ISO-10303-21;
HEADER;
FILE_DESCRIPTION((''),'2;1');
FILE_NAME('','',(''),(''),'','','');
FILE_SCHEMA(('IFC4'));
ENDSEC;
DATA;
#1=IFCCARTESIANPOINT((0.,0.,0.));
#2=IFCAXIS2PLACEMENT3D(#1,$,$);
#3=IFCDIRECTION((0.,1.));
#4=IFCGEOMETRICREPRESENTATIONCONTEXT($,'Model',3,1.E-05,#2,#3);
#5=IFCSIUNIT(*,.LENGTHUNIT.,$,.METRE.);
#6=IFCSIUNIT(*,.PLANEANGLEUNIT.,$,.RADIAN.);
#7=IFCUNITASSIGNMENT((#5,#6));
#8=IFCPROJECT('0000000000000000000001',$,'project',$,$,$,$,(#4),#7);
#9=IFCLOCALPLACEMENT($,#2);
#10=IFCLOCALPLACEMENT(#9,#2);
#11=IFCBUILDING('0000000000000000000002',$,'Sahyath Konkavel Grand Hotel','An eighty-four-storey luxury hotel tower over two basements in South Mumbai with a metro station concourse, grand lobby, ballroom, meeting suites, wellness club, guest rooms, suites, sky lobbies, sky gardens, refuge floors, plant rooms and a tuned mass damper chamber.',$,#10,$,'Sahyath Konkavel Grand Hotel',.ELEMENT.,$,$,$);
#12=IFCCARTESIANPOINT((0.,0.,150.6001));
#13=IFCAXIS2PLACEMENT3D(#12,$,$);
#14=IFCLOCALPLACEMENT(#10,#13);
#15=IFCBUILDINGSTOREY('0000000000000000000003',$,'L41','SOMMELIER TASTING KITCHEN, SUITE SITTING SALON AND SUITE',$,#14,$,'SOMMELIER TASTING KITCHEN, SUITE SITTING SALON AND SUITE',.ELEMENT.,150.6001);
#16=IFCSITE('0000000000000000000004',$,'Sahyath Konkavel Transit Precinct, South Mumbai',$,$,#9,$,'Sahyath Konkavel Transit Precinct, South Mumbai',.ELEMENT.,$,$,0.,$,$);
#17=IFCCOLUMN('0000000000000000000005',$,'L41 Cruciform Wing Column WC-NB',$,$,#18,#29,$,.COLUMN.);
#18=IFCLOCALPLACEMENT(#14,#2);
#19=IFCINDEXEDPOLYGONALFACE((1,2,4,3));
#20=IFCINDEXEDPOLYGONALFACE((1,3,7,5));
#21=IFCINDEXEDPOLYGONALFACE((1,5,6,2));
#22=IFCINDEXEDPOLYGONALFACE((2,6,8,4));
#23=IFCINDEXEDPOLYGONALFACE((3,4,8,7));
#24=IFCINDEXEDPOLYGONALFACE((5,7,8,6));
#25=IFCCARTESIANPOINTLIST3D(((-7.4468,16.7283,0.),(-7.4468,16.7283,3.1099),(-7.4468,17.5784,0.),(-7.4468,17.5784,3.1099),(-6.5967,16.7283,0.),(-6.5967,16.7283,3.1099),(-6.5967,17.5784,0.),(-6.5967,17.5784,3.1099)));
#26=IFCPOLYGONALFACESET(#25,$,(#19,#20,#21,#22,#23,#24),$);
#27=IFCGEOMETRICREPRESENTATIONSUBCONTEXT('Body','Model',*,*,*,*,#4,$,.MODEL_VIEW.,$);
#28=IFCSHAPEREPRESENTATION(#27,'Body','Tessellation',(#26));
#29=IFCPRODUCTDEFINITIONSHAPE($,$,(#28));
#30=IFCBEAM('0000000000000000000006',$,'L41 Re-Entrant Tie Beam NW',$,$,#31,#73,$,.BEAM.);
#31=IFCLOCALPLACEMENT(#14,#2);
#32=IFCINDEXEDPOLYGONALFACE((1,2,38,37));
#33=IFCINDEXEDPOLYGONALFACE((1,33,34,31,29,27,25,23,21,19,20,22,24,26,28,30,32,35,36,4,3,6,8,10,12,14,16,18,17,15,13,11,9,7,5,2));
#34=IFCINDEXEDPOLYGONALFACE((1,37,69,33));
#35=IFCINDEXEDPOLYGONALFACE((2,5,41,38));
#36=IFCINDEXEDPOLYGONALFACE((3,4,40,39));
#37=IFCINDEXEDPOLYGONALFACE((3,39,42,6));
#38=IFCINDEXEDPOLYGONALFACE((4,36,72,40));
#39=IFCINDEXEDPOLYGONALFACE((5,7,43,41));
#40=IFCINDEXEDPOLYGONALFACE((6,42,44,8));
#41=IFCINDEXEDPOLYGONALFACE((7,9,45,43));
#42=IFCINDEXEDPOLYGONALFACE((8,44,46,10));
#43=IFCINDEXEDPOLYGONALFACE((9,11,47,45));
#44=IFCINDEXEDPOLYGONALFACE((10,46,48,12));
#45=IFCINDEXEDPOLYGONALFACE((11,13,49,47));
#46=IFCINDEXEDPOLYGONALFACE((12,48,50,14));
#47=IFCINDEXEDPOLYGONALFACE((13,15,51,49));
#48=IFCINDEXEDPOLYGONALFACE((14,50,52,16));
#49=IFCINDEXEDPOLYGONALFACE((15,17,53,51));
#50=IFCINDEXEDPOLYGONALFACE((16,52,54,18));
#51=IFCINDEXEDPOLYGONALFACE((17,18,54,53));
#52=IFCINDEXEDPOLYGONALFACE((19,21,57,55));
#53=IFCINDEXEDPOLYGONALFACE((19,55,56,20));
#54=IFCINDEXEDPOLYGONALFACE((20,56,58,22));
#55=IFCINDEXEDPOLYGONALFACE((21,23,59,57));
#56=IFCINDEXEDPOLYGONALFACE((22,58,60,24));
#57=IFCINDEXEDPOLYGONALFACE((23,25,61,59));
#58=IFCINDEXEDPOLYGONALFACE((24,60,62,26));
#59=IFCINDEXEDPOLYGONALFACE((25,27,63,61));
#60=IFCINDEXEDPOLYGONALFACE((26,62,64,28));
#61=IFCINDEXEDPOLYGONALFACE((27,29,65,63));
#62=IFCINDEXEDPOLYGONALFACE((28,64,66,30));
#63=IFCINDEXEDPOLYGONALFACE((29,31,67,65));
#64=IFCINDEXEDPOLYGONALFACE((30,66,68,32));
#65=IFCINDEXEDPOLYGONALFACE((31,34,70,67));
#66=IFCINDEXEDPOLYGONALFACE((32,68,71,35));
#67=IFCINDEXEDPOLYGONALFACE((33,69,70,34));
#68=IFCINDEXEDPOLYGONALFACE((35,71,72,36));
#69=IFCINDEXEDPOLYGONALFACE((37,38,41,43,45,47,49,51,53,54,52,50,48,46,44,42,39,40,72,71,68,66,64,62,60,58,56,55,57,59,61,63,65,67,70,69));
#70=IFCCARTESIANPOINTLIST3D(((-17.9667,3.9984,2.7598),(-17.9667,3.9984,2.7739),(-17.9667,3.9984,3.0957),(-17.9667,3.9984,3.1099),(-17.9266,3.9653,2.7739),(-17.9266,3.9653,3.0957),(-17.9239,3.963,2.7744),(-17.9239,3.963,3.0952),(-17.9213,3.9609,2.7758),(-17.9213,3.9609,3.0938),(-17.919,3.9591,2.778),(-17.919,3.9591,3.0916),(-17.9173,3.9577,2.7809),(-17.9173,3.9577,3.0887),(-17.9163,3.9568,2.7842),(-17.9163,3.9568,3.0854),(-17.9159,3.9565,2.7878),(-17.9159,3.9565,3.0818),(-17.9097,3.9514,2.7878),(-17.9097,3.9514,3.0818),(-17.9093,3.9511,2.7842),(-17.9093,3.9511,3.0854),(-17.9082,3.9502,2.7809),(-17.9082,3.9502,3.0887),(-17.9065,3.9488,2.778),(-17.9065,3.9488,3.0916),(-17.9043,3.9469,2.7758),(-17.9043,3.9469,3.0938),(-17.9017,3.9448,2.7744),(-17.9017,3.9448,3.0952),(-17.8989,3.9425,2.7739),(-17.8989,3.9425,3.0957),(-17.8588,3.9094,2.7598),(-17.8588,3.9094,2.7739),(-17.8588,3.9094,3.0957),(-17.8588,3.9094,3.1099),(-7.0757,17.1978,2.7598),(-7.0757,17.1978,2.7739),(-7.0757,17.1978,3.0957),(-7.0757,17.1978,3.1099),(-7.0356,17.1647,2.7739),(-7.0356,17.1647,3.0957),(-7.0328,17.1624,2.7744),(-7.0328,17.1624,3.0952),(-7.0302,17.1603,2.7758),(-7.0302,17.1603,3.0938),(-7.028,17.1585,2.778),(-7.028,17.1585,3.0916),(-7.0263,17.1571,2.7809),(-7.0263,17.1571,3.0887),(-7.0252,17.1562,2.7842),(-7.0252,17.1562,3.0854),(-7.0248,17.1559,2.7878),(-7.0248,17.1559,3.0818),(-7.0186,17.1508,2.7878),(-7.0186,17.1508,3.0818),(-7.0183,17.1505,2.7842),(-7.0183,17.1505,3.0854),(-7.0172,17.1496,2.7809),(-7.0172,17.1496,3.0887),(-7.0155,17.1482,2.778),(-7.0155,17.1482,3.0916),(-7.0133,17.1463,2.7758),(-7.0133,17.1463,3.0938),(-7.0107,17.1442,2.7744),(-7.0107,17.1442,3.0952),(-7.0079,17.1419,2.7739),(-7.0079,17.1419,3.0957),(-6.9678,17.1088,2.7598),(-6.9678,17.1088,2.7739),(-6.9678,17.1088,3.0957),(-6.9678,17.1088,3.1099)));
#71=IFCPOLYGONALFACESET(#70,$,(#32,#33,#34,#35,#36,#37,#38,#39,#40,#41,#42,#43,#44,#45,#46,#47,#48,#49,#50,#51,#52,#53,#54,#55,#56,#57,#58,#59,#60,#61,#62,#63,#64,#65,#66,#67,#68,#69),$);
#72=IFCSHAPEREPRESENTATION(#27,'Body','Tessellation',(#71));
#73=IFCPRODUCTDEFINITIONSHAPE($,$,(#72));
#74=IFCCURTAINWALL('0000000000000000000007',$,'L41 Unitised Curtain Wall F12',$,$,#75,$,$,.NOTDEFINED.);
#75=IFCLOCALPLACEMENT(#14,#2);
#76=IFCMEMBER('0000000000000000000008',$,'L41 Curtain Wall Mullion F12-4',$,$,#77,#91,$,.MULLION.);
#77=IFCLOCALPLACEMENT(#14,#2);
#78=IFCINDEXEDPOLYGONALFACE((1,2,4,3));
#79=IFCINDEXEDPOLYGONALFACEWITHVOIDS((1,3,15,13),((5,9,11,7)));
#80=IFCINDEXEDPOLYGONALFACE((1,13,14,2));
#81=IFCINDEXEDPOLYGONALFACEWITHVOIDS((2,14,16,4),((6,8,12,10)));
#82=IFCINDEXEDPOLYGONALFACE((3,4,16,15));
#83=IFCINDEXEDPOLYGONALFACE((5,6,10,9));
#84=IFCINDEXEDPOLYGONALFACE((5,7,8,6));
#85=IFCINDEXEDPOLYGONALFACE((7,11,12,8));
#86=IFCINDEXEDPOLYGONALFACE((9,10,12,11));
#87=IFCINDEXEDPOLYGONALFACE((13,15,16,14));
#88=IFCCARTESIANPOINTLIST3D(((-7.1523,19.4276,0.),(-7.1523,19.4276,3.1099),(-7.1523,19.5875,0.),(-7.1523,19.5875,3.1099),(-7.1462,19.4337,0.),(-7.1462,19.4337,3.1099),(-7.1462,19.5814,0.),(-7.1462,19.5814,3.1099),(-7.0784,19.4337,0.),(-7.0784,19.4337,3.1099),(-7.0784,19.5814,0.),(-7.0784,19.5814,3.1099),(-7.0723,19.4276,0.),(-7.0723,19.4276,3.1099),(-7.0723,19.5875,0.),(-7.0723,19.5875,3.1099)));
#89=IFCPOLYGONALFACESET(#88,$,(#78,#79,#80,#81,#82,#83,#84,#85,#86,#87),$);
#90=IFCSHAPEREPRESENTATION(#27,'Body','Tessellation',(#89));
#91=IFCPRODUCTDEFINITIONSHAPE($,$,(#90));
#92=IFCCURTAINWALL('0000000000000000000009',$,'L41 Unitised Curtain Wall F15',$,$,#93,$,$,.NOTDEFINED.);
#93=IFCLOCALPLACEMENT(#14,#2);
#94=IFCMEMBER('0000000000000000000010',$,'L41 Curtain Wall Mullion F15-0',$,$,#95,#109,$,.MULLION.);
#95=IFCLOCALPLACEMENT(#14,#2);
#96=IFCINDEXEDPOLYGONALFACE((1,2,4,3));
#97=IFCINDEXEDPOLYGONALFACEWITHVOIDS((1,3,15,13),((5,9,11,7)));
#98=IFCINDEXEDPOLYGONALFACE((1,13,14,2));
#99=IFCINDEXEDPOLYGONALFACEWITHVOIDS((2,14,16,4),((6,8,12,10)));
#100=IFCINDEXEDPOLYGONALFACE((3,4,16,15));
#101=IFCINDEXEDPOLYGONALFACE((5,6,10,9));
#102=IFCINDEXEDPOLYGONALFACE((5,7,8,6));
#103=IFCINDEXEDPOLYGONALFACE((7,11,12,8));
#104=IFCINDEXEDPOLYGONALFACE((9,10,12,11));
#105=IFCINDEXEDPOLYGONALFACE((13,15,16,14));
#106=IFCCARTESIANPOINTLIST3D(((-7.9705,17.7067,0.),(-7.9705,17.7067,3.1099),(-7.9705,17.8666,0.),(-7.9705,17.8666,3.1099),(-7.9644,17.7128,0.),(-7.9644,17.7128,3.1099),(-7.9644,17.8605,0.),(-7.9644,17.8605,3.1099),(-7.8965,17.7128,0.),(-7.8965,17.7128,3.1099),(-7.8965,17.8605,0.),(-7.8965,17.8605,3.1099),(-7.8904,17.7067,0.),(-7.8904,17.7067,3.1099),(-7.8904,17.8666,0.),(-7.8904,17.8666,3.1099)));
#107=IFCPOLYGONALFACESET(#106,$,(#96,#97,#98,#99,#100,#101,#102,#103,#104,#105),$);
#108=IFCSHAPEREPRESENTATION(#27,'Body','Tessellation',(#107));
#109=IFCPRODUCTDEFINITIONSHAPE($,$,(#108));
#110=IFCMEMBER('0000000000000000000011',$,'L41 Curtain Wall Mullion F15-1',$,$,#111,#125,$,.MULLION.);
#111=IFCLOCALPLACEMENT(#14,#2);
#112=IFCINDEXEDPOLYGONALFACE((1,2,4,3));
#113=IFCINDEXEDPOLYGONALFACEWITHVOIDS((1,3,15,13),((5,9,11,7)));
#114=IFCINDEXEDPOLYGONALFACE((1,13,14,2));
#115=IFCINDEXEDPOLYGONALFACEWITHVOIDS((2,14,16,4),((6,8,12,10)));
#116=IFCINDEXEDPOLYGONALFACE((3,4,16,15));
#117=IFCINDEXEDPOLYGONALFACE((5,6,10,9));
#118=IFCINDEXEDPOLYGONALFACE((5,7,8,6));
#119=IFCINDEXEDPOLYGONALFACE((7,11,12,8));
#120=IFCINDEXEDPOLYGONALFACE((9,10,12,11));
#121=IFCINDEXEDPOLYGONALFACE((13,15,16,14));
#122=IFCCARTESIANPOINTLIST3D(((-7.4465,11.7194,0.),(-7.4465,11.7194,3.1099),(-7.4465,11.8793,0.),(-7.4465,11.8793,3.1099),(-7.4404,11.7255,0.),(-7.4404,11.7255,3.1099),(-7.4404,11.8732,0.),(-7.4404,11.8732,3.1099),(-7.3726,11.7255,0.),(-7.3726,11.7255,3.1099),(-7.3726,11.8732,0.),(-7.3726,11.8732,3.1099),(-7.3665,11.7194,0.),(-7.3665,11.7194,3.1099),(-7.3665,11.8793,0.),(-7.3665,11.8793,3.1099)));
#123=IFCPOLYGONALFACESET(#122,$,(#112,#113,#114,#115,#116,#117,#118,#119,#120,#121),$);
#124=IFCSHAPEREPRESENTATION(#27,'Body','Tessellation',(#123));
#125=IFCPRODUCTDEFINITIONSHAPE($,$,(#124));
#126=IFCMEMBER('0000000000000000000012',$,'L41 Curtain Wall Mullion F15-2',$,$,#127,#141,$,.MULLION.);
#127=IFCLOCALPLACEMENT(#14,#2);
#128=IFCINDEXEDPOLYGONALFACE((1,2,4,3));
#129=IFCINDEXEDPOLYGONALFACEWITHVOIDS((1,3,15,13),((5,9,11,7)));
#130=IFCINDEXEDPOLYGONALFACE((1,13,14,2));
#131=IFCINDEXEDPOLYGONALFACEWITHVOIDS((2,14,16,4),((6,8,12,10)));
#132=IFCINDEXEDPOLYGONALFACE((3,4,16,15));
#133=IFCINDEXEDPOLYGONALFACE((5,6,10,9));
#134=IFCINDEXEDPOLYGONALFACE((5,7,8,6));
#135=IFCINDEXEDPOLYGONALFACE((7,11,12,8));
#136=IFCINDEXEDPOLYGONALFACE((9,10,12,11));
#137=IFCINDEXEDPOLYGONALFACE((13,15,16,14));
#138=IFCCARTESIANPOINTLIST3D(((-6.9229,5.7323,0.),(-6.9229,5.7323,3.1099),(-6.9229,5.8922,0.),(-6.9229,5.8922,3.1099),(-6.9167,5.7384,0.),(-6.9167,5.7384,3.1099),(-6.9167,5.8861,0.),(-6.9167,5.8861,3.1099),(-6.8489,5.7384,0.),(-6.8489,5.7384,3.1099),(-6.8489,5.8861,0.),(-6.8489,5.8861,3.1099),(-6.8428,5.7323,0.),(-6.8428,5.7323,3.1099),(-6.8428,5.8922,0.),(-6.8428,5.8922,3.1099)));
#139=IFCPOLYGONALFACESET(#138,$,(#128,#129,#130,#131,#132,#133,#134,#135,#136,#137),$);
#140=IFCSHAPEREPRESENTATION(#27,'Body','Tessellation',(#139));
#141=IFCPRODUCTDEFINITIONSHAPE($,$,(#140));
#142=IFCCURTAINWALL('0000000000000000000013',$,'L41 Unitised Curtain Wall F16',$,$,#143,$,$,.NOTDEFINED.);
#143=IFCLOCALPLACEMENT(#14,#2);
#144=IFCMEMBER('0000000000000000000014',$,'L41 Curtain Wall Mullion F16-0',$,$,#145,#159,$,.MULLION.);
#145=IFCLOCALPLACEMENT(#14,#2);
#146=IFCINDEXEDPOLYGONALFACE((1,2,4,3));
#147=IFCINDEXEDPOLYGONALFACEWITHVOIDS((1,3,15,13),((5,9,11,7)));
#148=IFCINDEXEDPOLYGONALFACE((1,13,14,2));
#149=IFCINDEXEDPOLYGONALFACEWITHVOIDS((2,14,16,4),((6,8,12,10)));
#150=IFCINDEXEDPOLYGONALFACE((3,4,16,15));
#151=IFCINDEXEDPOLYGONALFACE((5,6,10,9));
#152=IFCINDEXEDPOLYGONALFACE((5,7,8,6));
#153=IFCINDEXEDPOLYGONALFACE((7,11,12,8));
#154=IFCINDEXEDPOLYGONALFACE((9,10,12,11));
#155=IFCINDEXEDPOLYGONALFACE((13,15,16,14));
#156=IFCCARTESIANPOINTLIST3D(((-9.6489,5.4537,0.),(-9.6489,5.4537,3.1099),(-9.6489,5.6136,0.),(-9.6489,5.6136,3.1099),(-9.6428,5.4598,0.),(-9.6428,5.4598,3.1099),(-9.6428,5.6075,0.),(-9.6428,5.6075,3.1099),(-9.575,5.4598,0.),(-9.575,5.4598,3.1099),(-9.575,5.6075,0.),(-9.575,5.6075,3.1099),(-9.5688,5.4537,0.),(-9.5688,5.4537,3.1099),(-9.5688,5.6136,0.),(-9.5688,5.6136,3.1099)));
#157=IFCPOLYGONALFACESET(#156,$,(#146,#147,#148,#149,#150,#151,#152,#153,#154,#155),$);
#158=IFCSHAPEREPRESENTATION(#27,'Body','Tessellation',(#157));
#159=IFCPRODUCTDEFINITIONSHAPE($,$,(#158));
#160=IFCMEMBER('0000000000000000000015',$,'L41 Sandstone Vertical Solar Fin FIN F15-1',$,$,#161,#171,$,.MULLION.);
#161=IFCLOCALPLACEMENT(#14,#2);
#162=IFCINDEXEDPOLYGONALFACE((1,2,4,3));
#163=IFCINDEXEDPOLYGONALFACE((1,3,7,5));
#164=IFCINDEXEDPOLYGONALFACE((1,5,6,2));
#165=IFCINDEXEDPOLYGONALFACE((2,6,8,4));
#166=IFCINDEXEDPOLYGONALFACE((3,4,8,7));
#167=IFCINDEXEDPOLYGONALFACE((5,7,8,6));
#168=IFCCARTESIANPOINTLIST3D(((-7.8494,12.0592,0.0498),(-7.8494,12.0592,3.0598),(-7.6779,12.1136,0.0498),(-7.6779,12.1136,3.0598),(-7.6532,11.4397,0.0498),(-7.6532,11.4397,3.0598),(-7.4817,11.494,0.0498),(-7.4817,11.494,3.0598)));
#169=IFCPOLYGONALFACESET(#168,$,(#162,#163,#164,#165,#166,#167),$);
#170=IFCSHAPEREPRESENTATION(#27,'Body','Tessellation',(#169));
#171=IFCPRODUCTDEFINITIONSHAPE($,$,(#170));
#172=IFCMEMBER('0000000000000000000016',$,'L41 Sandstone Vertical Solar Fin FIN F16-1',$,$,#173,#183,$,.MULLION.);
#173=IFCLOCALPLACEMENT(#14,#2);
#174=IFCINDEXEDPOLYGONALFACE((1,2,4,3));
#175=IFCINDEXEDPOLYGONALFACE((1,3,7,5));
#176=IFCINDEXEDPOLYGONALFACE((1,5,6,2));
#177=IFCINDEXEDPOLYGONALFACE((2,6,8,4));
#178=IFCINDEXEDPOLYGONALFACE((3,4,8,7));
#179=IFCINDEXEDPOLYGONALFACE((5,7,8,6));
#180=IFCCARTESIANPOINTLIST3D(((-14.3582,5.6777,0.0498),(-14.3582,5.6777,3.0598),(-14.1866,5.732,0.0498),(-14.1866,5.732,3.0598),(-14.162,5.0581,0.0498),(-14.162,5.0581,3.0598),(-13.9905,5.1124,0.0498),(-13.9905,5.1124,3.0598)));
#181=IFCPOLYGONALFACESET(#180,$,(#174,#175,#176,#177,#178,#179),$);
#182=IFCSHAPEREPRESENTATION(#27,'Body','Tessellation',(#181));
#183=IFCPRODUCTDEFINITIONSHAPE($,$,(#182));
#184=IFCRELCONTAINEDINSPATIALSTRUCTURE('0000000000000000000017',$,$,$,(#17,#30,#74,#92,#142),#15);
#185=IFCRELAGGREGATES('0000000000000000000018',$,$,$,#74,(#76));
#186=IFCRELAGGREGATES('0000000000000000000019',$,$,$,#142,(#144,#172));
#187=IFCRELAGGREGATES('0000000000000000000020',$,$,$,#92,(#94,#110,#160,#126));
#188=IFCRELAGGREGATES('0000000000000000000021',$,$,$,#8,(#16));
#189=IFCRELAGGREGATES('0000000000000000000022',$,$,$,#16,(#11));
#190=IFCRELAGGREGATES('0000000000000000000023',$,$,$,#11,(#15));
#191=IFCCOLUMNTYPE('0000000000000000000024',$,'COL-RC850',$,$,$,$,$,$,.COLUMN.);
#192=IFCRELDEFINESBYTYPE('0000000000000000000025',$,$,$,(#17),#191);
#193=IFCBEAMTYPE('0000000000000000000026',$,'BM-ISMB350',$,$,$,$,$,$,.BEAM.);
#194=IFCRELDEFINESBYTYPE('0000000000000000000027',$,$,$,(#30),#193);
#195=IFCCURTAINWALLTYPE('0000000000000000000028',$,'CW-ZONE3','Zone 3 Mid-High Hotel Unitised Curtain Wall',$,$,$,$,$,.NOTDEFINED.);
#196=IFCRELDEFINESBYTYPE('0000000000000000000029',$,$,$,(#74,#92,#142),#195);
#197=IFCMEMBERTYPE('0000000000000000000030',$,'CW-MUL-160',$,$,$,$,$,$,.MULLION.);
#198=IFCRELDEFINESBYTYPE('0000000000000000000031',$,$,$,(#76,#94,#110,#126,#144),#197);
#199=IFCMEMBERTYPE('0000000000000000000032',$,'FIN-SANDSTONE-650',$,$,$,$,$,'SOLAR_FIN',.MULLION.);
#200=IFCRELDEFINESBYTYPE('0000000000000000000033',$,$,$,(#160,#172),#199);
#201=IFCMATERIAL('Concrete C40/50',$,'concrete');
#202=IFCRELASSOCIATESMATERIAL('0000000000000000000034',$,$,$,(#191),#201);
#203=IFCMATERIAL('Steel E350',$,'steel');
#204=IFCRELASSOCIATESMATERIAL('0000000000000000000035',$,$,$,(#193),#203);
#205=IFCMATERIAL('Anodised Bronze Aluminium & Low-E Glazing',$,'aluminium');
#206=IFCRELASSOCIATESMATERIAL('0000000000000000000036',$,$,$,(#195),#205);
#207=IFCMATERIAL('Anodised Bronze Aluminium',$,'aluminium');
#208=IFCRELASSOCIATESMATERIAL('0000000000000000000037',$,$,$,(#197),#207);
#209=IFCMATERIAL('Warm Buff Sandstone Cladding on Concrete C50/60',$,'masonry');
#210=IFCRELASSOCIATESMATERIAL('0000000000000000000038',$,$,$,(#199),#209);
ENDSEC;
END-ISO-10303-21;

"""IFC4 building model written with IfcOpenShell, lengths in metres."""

from ifc_helpers import new_model, si_unit, direction, frame, origin, origin_2d, place, context, subcontext, project, spatial, rectangle, hollow_rectangle, i_section, extrude, source, transform, mapped, material, material_profile, profile_set, type_object, element, aggregate, save


model = new_model("IFC4")

# Units and contexts
model_context = context("Model", 3, precision=1e-05, world=origin(), true_north=direction((0.0, 1.0)))
body_context = subcontext(model_context, "Body", "Model", "MODEL_VIEW")
ifc_project = project(units=[si_unit("LENGTHUNIT", "METRE"), si_unit("PLANEANGLEUNIT", "RADIAN")], contexts=[model_context])

# Site, building, storey
site_placement = place(None, origin())
site = spatial("IfcSite", under=ifc_project, at=site_placement, Name="Sahyath Konkavel Transit Precinct, South Mumbai", LongName="Sahyath Konkavel Transit Precinct, South Mumbai", CompositionType="ELEMENT", RefElevation=0.0)
building_placement = place(site_placement, origin())
building = spatial("IfcBuilding", under=site, at=building_placement, Name="Sahyath Konkavel Grand Hotel", Description="An eighty-four-storey luxury hotel tower over two basements in South Mumbai with a metro station concourse, grand lobby, ballroom, meeting suites, wellness club, guest rooms, suites, sky lobbies, sky gardens, refuge floors, plant rooms and a tuned mass damper chamber.", LongName="Sahyath Konkavel Grand Hotel", CompositionType="ELEMENT")
storey_placement = place(building_placement, frame((0.0, 0.0, 150.6001)))
storey = spatial("IfcBuildingStorey", under=building, at=storey_placement, Name="L41", Description="SOMMELIER TASTING KITCHEN, SUITE SITTING SALON AND SUITE", LongName="SOMMELIER TASTING KITCHEN, SUITE SITTING SALON AND SUITE", CompositionType="ELEMENT", Elevation=150.6001)

# Column
ifc_material_1 = material(Name="Concrete C40/50", Category="concrete")
ifc_material_profile_1 = material_profile(ifc_material_1, rectangle(XDim=0.8501, YDim=0.8501, at=origin_2d()), Name="RC 850x850")
ifc_profile_set_1 = profile_set([ifc_material_profile_1], Name="Concrete C40/50")
column_type = type_object("IfcColumnType", Name="COL-RC850", PredefinedType="COLUMN", material=ifc_profile_set_1)
shared_shape_1 = source(origin(), body_context, "Body", "SweptSolid", [
    extrude(rectangle(XDim=0.8501, YDim=0.8501, at=origin_2d()), origin(), (0.0, 0.0, 1.0), 3.1099),
])
column_placement = place(storey_placement, frame((-7.0217, 17.1533, 0.0), z_axis=(0.0, 0.0, 1.0), x_axis=(1.0, 0.0, 0.0)))
element("IfcColumn", 1, at=column_placement, inside=storey, type_object=column_type, Name="L41 Cruciform Wing Column WC-NB", PredefinedType="COLUMN", context=body_context, shape_type="MappedRepresentation", body=[
    mapped(shared_shape_1, transform((0.0, 0.0, 0.0), scale=1.0)),
])

# Beam
ifc_material_2 = material(Name="Steel E350", Category="steel")
ifc_material_profile_2 = material_profile(ifc_material_2, i_section(OverallWidth=0.1399, OverallDepth=0.3501, WebThickness=0.0081, FlangeThickness=0.0142, FilletRadius=0.0139, at=origin_2d()), Name="ISMB 350")
ifc_profile_set_2 = profile_set([ifc_material_profile_2], Name="Steel E350")
beam_type = type_object("IfcBeamType", Name="BM-ISMB350", PredefinedType="BEAM", material=ifc_profile_set_2)
shared_shape_2 = source(origin(), body_context, "Body", "SweptSolid", [
    extrude(i_section(OverallWidth=0.1399, OverallDepth=0.3501, WebThickness=0.0081, FlangeThickness=0.0142, FilletRadius=0.0139, at=origin_2d()), origin(), (0.0, 0.0, 1.0), 17.1125),
])
beam_placement = place(storey_placement, frame((-7.0217, 17.1533, 2.9348), z_axis=(-0.636437, -0.771329, 0.0), x_axis=(0.771329, -0.636437, 0.0)))
element("IfcBeam", 2, at=beam_placement, inside=storey, type_object=beam_type, Name="L41 Re-Entrant Tie Beam NW", PredefinedType="BEAM", context=body_context, shape_type="MappedRepresentation", body=[
    mapped(shared_shape_2, transform((0.0, 0.0, 0.0), scale=1.0)),
])

# Curtain wall, member
ifc_material_3 = material(Name="Anodised Bronze Aluminium & Low-E Glazing", Category="aluminium")
curtain_wall_type = type_object("IfcCurtainWallType", Name="CW-ZONE3", Description="Zone 3 Mid-High Hotel Unitised Curtain Wall", PredefinedType="NOTDEFINED", material=ifc_material_3)
curtain_wall_1_placement = place(storey_placement, origin())
curtain_wall_1 = element("IfcCurtainWall", 3, at=curtain_wall_1_placement, inside=storey, type_object=curtain_wall_type, Name="L41 Unitised Curtain Wall F12", PredefinedType="NOTDEFINED")
ifc_material_4 = material(Name="Anodised Bronze Aluminium", Category="aluminium")
ifc_material_profile_3 = material_profile(ifc_material_4, hollow_rectangle(XDim=0.0801, YDim=0.1599, WallThickness=0.0061, at=origin_2d()), Name="RHS 160x80x6")
ifc_profile_set_3 = profile_set([ifc_material_profile_3], Name="Anodised Bronze Aluminium")
member_type_1 = type_object("IfcMemberType", Name="CW-MUL-160", PredefinedType="MULLION", material=ifc_profile_set_3)
shared_shape_3 = source(origin(), body_context, "Body", "SweptSolid", [
    extrude(hollow_rectangle(XDim=0.0801, YDim=0.1599, WallThickness=0.0061, at=origin_2d()), origin(), (0.0, 0.0, 1.0), 3.1099),
])
member_1_placement = place(storey_placement, frame((-7.1123, 19.5076, 0.0), z_axis=(0.0, 0.0, 1.0), x_axis=(1.0, 0.0, 0.0)))
member_1 = element("IfcMember", 4, at=member_1_placement, type_object=member_type_1, Name="L41 Curtain Wall Mullion F12-4", PredefinedType="MULLION", context=body_context, shape_type="MappedRepresentation", body=[
    mapped(shared_shape_3, transform((0.0, 0.0, 0.0), scale=1.0)),
])
aggregate(curtain_wall_1, [member_1])

# Curtain wall, members
curtain_wall_2_placement = place(storey_placement, origin())
curtain_wall_2 = element("IfcCurtainWall", 5, at=curtain_wall_2_placement, inside=storey, type_object=curtain_wall_type, Name="L41 Unitised Curtain Wall F15", PredefinedType="NOTDEFINED")
member_2_placement = place(storey_placement, frame((-7.9304, 17.7866, 0.0), z_axis=(0.0, 0.0, 1.0), x_axis=(1.0, 0.0, 0.0)))
member_2 = element("IfcMember", 6, at=member_2_placement, type_object=member_type_1, Name="L41 Curtain Wall Mullion F15-0", PredefinedType="MULLION", context=body_context, shape_type="MappedRepresentation", body=[
    mapped(shared_shape_3, transform((0.0, 0.0, 0.0), scale=1.0)),
])
member_3_placement = place(storey_placement, frame((-7.4065, 11.7993, 0.0), z_axis=(0.0, 0.0, 1.0), x_axis=(1.0, 0.0, 0.0)))
member_3 = element("IfcMember", 7, at=member_3_placement, type_object=member_type_1, Name="L41 Curtain Wall Mullion F15-1", PredefinedType="MULLION", context=body_context, shape_type="MappedRepresentation", body=[
    mapped(shared_shape_3, transform((0.0, 0.0, 0.0), scale=1.0)),
])
member_4_placement = place(storey_placement, frame((-6.8828, 5.8123, 0.0), z_axis=(0.0, 0.0, 1.0), x_axis=(1.0, 0.0, 0.0)))
member_4 = element("IfcMember", 8, at=member_4_placement, type_object=member_type_1, Name="L41 Curtain Wall Mullion F15-2", PredefinedType="MULLION", context=body_context, shape_type="MappedRepresentation", body=[
    mapped(shared_shape_3, transform((0.0, 0.0, 0.0), scale=1.0)),
])

# Curtain wall, member
curtain_wall_3_placement = place(storey_placement, origin())
curtain_wall_3 = element("IfcCurtainWall", 9, at=curtain_wall_3_placement, inside=storey, type_object=curtain_wall_type, Name="L41 Unitised Curtain Wall F16", PredefinedType="NOTDEFINED")
member_5_placement = place(storey_placement, frame((-9.6089, 5.5337, 0.0), z_axis=(0.0, 0.0, 1.0), x_axis=(1.0, 0.0, 0.0)))
member_5 = element("IfcMember", 10, at=member_5_placement, type_object=member_type_1, Name="L41 Curtain Wall Mullion F16-0", PredefinedType="MULLION", context=body_context, shape_type="MappedRepresentation", body=[
    mapped(shared_shape_3, transform((0.0, 0.0, 0.0), scale=1.0)),
])

# Members
ifc_material_5 = material(Name="Warm Buff Sandstone Cladding on Concrete C50/60", Category="masonry")
ifc_material_profile_4 = material_profile(ifc_material_5, rectangle(XDim=0.1799, YDim=0.6499, at=origin_2d()), Name="FIN 180x650")
ifc_profile_set_4 = profile_set([ifc_material_profile_4], Name="Warm Buff Sandstone Cladding on Concrete C50/60")
member_type_2 = type_object("IfcMemberType", Name="FIN-SANDSTONE-650", ElementType="SOLAR_FIN", PredefinedType="MULLION", material=ifc_profile_set_4)
shared_shape_4 = source(origin(), body_context, "Body", "SweptSolid", [
    extrude(rectangle(XDim=0.1799, YDim=0.6499, at=origin_2d()), origin(), (0.0, 0.0, 1.0), 3.01),
])
member_6_placement = place(storey_placement, frame((-7.6655, 11.7766, 0.0498), z_axis=(0.0, 0.0, 1.0), x_axis=(0.953349, 0.301871, 0.0)))
member_6 = element("IfcMember", 11, at=member_6_placement, type_object=member_type_2, Name="L41 Sandstone Vertical Solar Fin FIN F15-1", PredefinedType="MULLION", context=body_context, shape_type="MappedRepresentation", body=[
    mapped(shared_shape_4, transform((0.0, 0.0, 0.0), scale=1.0)),
])
member_7_placement = place(storey_placement, frame((-14.1743, 5.395, 0.0498), z_axis=(0.0, 0.0, 1.0), x_axis=(0.953349, 0.301871, 0.0)))
member_7 = element("IfcMember", 12, at=member_7_placement, type_object=member_type_2, Name="L41 Sandstone Vertical Solar Fin FIN F16-1", PredefinedType="MULLION", context=body_context, shape_type="MappedRepresentation", body=[
    mapped(shared_shape_4, transform((0.0, 0.0, 0.0), scale=1.0)),
])
aggregate(curtain_wall_3, [member_5, member_7])

aggregate(curtain_wall_2, [member_2, member_3, member_6, member_4])

save(model, "model.ifc")
